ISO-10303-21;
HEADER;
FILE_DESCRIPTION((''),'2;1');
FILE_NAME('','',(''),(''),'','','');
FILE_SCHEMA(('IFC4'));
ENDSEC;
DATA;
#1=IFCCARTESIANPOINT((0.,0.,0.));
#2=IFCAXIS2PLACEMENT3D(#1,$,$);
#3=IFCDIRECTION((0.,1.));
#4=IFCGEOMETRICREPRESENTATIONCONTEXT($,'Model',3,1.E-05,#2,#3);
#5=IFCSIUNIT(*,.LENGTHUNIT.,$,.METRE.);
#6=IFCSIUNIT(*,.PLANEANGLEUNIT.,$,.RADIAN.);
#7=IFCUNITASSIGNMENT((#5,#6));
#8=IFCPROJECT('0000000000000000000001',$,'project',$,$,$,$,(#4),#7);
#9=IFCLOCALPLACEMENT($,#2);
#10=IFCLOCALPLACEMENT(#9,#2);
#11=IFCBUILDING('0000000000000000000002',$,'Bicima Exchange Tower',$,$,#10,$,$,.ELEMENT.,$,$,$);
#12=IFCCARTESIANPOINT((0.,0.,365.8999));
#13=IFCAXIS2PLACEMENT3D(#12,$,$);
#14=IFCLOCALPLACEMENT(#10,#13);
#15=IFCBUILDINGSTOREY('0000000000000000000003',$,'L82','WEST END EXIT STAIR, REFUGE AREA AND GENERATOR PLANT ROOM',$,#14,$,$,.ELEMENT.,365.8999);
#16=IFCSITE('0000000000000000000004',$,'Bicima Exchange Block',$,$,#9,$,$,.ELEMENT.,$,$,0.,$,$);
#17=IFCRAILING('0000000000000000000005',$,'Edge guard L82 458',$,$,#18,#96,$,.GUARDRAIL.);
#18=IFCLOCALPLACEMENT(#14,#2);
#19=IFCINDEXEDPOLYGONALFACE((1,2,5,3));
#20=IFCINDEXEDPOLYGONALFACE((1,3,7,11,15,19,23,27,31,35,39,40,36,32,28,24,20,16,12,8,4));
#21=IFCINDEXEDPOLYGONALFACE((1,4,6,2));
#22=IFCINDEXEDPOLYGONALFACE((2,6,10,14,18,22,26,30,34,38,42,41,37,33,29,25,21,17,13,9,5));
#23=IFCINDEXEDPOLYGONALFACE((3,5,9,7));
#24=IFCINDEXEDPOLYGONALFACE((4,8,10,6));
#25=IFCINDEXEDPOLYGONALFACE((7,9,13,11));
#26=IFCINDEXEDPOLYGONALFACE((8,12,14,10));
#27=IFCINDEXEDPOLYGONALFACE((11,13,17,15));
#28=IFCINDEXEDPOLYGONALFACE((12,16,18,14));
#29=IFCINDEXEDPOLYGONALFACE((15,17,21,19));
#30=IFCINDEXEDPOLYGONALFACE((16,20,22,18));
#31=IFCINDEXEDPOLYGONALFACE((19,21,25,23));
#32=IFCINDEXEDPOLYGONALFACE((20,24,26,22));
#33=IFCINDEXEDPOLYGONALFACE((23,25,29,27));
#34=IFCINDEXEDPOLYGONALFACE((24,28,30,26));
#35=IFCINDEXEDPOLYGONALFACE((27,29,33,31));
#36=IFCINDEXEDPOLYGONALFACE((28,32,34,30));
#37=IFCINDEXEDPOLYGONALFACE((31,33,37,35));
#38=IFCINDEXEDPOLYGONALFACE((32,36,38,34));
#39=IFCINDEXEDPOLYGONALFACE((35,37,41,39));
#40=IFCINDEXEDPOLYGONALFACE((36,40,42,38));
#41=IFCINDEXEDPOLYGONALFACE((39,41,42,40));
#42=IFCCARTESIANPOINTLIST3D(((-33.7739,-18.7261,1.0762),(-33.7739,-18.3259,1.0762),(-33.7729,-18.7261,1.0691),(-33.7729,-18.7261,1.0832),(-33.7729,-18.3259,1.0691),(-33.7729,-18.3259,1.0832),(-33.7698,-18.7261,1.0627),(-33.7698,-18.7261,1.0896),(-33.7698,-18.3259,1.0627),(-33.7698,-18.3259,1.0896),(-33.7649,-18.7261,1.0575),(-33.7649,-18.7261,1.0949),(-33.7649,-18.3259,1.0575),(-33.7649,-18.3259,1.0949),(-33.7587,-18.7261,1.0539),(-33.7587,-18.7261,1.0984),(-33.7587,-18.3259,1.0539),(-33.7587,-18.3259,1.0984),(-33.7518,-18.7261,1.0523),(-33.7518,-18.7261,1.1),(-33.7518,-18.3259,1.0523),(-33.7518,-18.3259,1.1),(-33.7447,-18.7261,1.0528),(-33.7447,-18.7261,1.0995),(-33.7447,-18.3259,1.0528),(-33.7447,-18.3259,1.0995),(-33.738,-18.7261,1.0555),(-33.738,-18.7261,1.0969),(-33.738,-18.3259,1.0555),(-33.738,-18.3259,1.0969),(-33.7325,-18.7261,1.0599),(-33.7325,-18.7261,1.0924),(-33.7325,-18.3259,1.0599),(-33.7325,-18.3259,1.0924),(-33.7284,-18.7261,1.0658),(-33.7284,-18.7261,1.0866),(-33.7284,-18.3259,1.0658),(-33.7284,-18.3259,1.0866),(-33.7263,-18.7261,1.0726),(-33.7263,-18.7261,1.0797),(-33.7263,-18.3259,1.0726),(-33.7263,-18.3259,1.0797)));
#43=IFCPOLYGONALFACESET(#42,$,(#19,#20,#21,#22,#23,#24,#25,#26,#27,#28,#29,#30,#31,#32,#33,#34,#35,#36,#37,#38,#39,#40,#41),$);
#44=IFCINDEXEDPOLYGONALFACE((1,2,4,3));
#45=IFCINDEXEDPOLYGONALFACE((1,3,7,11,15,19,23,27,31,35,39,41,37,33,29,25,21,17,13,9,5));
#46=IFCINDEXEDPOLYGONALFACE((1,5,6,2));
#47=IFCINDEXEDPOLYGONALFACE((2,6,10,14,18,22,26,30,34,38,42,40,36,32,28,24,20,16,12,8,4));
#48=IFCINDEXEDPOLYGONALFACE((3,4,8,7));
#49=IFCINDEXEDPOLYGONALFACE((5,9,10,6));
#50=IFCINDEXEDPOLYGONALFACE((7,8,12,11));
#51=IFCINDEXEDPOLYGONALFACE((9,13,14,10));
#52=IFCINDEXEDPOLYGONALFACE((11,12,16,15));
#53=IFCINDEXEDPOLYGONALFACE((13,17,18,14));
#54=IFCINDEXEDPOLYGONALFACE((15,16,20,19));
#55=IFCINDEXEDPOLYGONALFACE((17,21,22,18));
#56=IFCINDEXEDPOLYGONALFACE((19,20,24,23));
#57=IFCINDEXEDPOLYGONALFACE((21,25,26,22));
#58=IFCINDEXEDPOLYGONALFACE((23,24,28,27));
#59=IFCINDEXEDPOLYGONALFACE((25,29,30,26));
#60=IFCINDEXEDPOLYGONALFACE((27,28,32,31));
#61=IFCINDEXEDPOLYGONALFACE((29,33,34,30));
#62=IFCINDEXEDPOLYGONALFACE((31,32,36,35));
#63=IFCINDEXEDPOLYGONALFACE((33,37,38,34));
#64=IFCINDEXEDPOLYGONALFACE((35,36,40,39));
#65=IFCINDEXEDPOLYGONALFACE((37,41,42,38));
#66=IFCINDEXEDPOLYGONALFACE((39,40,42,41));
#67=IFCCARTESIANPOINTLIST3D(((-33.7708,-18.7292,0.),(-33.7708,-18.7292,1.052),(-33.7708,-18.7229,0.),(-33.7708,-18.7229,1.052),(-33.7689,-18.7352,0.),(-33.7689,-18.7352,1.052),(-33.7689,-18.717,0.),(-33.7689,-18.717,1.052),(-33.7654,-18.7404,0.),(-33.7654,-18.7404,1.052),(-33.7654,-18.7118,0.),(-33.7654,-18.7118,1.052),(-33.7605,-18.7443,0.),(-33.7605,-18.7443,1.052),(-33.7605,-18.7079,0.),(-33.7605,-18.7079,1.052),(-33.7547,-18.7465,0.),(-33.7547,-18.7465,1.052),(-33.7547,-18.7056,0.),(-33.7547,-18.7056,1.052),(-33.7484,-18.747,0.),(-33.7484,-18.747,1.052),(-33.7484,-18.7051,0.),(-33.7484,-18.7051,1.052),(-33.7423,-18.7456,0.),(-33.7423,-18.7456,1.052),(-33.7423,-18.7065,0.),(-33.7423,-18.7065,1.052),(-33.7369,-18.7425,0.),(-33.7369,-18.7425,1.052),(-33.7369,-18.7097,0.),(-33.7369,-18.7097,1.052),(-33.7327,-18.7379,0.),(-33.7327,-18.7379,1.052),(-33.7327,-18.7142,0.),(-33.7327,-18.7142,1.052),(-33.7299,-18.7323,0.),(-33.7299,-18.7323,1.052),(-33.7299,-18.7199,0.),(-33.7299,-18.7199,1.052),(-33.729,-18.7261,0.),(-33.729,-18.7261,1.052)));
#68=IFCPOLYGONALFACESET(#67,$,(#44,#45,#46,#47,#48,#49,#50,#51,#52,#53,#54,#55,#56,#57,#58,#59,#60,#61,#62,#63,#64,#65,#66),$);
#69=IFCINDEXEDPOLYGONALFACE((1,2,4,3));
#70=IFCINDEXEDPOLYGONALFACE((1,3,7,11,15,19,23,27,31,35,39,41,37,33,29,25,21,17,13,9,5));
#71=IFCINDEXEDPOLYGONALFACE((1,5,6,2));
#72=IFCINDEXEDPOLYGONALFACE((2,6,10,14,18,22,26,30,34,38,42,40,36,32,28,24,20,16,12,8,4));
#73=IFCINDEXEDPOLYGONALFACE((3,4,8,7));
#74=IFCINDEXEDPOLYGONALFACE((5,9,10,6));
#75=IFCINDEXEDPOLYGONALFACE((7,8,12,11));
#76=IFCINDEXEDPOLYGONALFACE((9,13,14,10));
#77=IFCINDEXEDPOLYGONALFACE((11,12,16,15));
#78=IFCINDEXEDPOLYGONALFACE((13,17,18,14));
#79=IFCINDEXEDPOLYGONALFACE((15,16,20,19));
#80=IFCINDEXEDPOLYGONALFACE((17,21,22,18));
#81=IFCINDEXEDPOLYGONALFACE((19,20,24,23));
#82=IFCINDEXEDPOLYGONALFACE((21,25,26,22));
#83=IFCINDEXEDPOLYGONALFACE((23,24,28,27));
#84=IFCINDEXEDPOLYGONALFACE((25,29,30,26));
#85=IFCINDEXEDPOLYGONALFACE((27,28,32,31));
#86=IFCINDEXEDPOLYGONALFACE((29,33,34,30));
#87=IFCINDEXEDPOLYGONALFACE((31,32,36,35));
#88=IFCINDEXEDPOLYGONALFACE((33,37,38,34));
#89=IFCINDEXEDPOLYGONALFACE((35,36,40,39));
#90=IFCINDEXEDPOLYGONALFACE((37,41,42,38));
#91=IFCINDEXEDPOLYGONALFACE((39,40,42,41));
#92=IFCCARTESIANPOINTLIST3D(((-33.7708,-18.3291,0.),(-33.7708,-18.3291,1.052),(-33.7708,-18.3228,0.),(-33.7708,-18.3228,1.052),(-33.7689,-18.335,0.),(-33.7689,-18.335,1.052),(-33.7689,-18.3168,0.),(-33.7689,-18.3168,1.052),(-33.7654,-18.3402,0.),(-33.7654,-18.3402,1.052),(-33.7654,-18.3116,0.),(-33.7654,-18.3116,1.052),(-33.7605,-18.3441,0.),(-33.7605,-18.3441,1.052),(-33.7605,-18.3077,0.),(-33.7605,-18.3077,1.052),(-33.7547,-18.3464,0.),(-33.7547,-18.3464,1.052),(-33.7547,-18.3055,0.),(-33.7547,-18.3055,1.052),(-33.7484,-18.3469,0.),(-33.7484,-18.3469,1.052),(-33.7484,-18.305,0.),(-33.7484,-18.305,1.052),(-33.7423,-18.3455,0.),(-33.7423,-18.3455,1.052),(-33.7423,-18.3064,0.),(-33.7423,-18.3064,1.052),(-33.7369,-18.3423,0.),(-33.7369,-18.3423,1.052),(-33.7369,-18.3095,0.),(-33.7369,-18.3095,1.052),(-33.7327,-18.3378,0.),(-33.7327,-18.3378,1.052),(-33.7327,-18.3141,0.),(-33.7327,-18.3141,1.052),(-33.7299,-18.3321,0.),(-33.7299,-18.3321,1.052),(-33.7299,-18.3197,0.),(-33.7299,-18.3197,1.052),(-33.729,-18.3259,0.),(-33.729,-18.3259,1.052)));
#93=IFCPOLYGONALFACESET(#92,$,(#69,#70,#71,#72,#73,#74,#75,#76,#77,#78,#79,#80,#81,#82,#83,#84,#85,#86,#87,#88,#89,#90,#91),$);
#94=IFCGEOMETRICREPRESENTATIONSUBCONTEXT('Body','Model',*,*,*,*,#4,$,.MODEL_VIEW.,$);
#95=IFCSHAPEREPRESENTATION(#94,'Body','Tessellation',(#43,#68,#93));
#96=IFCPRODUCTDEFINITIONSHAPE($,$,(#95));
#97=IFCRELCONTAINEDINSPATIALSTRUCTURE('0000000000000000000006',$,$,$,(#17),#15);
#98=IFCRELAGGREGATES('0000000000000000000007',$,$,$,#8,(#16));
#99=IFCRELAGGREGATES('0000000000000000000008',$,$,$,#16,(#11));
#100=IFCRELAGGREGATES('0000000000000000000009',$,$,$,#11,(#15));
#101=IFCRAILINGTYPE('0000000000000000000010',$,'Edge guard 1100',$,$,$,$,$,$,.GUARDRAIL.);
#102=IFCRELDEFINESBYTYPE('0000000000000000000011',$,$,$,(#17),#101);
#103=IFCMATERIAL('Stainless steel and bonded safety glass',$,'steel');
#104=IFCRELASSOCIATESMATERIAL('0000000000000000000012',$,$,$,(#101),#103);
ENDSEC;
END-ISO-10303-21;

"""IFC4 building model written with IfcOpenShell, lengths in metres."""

from ifc_helpers import new_model, si_unit, direction, frame, origin, origin_2d, place, context, subcontext, project, spatial, circle, extrude, material, type_object, element, save


model = new_model("IFC4")

# Units and contexts
model_context = context("Model", 3, precision=1e-05, world=origin(), true_north=direction((0.0, 1.0)))
body_context = subcontext(model_context, "Body", "Model", "MODEL_VIEW")
ifc_project = project(units=[si_unit("LENGTHUNIT", "METRE"), si_unit("PLANEANGLEUNIT", "RADIAN")], contexts=[model_context])

# Site, building, storey
site_placement = place(None, origin())
site = spatial("IfcSite", under=ifc_project, at=site_placement, Name="Bicima Exchange Block", CompositionType="ELEMENT", RefElevation=0.0)
building_placement = place(site_placement, origin())
building = spatial("IfcBuilding", under=site, at=building_placement, Name="Bicima Exchange Tower", CompositionType="ELEMENT")
storey_placement = place(building_placement, frame((0.0, 0.0, 365.8999)))
storey = spatial("IfcBuildingStorey", under=building, at=storey_placement, Name="L82", Description="WEST END EXIT STAIR, REFUGE AREA AND GENERATOR PLANT ROOM", CompositionType="ELEMENT", Elevation=365.8999)

# Railing
ifc_material_1 = material(Name="Stainless steel and bonded safety glass", Category="steel")
railing_type = type_object("IfcRailingType", Name="Edge guard 1100", PredefinedType="GUARDRAIL", material=ifc_material_1)
railing_1_placement = place(storey_placement, frame((-33.75, -18.7261, 0.0)))
element("IfcRailing", 1, at=railing_1_placement, inside=storey, type_object=railing_type, Name="Edge guard L82 458", PredefinedType="GUARDRAIL", context=body_context, shape_type="SweptSolid", body=[
    extrude(circle(Radius=0.0239, at=origin_2d()), frame((0.0, 0.0, 1.0762), z_axis=(0.0, 1.0, 0.0), x_axis=(-1.0, 0.0, 0.0)), (0.0, 0.0, 1.0), 0.4001),
    extrude(circle(Radius=0.021, at=origin_2d()), origin(), (0.0, 0.0, 1.0), 1.052),
    extrude(circle(Radius=0.021, at=origin_2d()), frame((0.0, 0.4001, 0.0)), (0.0, 0.0, 1.0), 1.052),
])

save(model, "model.ifc")
